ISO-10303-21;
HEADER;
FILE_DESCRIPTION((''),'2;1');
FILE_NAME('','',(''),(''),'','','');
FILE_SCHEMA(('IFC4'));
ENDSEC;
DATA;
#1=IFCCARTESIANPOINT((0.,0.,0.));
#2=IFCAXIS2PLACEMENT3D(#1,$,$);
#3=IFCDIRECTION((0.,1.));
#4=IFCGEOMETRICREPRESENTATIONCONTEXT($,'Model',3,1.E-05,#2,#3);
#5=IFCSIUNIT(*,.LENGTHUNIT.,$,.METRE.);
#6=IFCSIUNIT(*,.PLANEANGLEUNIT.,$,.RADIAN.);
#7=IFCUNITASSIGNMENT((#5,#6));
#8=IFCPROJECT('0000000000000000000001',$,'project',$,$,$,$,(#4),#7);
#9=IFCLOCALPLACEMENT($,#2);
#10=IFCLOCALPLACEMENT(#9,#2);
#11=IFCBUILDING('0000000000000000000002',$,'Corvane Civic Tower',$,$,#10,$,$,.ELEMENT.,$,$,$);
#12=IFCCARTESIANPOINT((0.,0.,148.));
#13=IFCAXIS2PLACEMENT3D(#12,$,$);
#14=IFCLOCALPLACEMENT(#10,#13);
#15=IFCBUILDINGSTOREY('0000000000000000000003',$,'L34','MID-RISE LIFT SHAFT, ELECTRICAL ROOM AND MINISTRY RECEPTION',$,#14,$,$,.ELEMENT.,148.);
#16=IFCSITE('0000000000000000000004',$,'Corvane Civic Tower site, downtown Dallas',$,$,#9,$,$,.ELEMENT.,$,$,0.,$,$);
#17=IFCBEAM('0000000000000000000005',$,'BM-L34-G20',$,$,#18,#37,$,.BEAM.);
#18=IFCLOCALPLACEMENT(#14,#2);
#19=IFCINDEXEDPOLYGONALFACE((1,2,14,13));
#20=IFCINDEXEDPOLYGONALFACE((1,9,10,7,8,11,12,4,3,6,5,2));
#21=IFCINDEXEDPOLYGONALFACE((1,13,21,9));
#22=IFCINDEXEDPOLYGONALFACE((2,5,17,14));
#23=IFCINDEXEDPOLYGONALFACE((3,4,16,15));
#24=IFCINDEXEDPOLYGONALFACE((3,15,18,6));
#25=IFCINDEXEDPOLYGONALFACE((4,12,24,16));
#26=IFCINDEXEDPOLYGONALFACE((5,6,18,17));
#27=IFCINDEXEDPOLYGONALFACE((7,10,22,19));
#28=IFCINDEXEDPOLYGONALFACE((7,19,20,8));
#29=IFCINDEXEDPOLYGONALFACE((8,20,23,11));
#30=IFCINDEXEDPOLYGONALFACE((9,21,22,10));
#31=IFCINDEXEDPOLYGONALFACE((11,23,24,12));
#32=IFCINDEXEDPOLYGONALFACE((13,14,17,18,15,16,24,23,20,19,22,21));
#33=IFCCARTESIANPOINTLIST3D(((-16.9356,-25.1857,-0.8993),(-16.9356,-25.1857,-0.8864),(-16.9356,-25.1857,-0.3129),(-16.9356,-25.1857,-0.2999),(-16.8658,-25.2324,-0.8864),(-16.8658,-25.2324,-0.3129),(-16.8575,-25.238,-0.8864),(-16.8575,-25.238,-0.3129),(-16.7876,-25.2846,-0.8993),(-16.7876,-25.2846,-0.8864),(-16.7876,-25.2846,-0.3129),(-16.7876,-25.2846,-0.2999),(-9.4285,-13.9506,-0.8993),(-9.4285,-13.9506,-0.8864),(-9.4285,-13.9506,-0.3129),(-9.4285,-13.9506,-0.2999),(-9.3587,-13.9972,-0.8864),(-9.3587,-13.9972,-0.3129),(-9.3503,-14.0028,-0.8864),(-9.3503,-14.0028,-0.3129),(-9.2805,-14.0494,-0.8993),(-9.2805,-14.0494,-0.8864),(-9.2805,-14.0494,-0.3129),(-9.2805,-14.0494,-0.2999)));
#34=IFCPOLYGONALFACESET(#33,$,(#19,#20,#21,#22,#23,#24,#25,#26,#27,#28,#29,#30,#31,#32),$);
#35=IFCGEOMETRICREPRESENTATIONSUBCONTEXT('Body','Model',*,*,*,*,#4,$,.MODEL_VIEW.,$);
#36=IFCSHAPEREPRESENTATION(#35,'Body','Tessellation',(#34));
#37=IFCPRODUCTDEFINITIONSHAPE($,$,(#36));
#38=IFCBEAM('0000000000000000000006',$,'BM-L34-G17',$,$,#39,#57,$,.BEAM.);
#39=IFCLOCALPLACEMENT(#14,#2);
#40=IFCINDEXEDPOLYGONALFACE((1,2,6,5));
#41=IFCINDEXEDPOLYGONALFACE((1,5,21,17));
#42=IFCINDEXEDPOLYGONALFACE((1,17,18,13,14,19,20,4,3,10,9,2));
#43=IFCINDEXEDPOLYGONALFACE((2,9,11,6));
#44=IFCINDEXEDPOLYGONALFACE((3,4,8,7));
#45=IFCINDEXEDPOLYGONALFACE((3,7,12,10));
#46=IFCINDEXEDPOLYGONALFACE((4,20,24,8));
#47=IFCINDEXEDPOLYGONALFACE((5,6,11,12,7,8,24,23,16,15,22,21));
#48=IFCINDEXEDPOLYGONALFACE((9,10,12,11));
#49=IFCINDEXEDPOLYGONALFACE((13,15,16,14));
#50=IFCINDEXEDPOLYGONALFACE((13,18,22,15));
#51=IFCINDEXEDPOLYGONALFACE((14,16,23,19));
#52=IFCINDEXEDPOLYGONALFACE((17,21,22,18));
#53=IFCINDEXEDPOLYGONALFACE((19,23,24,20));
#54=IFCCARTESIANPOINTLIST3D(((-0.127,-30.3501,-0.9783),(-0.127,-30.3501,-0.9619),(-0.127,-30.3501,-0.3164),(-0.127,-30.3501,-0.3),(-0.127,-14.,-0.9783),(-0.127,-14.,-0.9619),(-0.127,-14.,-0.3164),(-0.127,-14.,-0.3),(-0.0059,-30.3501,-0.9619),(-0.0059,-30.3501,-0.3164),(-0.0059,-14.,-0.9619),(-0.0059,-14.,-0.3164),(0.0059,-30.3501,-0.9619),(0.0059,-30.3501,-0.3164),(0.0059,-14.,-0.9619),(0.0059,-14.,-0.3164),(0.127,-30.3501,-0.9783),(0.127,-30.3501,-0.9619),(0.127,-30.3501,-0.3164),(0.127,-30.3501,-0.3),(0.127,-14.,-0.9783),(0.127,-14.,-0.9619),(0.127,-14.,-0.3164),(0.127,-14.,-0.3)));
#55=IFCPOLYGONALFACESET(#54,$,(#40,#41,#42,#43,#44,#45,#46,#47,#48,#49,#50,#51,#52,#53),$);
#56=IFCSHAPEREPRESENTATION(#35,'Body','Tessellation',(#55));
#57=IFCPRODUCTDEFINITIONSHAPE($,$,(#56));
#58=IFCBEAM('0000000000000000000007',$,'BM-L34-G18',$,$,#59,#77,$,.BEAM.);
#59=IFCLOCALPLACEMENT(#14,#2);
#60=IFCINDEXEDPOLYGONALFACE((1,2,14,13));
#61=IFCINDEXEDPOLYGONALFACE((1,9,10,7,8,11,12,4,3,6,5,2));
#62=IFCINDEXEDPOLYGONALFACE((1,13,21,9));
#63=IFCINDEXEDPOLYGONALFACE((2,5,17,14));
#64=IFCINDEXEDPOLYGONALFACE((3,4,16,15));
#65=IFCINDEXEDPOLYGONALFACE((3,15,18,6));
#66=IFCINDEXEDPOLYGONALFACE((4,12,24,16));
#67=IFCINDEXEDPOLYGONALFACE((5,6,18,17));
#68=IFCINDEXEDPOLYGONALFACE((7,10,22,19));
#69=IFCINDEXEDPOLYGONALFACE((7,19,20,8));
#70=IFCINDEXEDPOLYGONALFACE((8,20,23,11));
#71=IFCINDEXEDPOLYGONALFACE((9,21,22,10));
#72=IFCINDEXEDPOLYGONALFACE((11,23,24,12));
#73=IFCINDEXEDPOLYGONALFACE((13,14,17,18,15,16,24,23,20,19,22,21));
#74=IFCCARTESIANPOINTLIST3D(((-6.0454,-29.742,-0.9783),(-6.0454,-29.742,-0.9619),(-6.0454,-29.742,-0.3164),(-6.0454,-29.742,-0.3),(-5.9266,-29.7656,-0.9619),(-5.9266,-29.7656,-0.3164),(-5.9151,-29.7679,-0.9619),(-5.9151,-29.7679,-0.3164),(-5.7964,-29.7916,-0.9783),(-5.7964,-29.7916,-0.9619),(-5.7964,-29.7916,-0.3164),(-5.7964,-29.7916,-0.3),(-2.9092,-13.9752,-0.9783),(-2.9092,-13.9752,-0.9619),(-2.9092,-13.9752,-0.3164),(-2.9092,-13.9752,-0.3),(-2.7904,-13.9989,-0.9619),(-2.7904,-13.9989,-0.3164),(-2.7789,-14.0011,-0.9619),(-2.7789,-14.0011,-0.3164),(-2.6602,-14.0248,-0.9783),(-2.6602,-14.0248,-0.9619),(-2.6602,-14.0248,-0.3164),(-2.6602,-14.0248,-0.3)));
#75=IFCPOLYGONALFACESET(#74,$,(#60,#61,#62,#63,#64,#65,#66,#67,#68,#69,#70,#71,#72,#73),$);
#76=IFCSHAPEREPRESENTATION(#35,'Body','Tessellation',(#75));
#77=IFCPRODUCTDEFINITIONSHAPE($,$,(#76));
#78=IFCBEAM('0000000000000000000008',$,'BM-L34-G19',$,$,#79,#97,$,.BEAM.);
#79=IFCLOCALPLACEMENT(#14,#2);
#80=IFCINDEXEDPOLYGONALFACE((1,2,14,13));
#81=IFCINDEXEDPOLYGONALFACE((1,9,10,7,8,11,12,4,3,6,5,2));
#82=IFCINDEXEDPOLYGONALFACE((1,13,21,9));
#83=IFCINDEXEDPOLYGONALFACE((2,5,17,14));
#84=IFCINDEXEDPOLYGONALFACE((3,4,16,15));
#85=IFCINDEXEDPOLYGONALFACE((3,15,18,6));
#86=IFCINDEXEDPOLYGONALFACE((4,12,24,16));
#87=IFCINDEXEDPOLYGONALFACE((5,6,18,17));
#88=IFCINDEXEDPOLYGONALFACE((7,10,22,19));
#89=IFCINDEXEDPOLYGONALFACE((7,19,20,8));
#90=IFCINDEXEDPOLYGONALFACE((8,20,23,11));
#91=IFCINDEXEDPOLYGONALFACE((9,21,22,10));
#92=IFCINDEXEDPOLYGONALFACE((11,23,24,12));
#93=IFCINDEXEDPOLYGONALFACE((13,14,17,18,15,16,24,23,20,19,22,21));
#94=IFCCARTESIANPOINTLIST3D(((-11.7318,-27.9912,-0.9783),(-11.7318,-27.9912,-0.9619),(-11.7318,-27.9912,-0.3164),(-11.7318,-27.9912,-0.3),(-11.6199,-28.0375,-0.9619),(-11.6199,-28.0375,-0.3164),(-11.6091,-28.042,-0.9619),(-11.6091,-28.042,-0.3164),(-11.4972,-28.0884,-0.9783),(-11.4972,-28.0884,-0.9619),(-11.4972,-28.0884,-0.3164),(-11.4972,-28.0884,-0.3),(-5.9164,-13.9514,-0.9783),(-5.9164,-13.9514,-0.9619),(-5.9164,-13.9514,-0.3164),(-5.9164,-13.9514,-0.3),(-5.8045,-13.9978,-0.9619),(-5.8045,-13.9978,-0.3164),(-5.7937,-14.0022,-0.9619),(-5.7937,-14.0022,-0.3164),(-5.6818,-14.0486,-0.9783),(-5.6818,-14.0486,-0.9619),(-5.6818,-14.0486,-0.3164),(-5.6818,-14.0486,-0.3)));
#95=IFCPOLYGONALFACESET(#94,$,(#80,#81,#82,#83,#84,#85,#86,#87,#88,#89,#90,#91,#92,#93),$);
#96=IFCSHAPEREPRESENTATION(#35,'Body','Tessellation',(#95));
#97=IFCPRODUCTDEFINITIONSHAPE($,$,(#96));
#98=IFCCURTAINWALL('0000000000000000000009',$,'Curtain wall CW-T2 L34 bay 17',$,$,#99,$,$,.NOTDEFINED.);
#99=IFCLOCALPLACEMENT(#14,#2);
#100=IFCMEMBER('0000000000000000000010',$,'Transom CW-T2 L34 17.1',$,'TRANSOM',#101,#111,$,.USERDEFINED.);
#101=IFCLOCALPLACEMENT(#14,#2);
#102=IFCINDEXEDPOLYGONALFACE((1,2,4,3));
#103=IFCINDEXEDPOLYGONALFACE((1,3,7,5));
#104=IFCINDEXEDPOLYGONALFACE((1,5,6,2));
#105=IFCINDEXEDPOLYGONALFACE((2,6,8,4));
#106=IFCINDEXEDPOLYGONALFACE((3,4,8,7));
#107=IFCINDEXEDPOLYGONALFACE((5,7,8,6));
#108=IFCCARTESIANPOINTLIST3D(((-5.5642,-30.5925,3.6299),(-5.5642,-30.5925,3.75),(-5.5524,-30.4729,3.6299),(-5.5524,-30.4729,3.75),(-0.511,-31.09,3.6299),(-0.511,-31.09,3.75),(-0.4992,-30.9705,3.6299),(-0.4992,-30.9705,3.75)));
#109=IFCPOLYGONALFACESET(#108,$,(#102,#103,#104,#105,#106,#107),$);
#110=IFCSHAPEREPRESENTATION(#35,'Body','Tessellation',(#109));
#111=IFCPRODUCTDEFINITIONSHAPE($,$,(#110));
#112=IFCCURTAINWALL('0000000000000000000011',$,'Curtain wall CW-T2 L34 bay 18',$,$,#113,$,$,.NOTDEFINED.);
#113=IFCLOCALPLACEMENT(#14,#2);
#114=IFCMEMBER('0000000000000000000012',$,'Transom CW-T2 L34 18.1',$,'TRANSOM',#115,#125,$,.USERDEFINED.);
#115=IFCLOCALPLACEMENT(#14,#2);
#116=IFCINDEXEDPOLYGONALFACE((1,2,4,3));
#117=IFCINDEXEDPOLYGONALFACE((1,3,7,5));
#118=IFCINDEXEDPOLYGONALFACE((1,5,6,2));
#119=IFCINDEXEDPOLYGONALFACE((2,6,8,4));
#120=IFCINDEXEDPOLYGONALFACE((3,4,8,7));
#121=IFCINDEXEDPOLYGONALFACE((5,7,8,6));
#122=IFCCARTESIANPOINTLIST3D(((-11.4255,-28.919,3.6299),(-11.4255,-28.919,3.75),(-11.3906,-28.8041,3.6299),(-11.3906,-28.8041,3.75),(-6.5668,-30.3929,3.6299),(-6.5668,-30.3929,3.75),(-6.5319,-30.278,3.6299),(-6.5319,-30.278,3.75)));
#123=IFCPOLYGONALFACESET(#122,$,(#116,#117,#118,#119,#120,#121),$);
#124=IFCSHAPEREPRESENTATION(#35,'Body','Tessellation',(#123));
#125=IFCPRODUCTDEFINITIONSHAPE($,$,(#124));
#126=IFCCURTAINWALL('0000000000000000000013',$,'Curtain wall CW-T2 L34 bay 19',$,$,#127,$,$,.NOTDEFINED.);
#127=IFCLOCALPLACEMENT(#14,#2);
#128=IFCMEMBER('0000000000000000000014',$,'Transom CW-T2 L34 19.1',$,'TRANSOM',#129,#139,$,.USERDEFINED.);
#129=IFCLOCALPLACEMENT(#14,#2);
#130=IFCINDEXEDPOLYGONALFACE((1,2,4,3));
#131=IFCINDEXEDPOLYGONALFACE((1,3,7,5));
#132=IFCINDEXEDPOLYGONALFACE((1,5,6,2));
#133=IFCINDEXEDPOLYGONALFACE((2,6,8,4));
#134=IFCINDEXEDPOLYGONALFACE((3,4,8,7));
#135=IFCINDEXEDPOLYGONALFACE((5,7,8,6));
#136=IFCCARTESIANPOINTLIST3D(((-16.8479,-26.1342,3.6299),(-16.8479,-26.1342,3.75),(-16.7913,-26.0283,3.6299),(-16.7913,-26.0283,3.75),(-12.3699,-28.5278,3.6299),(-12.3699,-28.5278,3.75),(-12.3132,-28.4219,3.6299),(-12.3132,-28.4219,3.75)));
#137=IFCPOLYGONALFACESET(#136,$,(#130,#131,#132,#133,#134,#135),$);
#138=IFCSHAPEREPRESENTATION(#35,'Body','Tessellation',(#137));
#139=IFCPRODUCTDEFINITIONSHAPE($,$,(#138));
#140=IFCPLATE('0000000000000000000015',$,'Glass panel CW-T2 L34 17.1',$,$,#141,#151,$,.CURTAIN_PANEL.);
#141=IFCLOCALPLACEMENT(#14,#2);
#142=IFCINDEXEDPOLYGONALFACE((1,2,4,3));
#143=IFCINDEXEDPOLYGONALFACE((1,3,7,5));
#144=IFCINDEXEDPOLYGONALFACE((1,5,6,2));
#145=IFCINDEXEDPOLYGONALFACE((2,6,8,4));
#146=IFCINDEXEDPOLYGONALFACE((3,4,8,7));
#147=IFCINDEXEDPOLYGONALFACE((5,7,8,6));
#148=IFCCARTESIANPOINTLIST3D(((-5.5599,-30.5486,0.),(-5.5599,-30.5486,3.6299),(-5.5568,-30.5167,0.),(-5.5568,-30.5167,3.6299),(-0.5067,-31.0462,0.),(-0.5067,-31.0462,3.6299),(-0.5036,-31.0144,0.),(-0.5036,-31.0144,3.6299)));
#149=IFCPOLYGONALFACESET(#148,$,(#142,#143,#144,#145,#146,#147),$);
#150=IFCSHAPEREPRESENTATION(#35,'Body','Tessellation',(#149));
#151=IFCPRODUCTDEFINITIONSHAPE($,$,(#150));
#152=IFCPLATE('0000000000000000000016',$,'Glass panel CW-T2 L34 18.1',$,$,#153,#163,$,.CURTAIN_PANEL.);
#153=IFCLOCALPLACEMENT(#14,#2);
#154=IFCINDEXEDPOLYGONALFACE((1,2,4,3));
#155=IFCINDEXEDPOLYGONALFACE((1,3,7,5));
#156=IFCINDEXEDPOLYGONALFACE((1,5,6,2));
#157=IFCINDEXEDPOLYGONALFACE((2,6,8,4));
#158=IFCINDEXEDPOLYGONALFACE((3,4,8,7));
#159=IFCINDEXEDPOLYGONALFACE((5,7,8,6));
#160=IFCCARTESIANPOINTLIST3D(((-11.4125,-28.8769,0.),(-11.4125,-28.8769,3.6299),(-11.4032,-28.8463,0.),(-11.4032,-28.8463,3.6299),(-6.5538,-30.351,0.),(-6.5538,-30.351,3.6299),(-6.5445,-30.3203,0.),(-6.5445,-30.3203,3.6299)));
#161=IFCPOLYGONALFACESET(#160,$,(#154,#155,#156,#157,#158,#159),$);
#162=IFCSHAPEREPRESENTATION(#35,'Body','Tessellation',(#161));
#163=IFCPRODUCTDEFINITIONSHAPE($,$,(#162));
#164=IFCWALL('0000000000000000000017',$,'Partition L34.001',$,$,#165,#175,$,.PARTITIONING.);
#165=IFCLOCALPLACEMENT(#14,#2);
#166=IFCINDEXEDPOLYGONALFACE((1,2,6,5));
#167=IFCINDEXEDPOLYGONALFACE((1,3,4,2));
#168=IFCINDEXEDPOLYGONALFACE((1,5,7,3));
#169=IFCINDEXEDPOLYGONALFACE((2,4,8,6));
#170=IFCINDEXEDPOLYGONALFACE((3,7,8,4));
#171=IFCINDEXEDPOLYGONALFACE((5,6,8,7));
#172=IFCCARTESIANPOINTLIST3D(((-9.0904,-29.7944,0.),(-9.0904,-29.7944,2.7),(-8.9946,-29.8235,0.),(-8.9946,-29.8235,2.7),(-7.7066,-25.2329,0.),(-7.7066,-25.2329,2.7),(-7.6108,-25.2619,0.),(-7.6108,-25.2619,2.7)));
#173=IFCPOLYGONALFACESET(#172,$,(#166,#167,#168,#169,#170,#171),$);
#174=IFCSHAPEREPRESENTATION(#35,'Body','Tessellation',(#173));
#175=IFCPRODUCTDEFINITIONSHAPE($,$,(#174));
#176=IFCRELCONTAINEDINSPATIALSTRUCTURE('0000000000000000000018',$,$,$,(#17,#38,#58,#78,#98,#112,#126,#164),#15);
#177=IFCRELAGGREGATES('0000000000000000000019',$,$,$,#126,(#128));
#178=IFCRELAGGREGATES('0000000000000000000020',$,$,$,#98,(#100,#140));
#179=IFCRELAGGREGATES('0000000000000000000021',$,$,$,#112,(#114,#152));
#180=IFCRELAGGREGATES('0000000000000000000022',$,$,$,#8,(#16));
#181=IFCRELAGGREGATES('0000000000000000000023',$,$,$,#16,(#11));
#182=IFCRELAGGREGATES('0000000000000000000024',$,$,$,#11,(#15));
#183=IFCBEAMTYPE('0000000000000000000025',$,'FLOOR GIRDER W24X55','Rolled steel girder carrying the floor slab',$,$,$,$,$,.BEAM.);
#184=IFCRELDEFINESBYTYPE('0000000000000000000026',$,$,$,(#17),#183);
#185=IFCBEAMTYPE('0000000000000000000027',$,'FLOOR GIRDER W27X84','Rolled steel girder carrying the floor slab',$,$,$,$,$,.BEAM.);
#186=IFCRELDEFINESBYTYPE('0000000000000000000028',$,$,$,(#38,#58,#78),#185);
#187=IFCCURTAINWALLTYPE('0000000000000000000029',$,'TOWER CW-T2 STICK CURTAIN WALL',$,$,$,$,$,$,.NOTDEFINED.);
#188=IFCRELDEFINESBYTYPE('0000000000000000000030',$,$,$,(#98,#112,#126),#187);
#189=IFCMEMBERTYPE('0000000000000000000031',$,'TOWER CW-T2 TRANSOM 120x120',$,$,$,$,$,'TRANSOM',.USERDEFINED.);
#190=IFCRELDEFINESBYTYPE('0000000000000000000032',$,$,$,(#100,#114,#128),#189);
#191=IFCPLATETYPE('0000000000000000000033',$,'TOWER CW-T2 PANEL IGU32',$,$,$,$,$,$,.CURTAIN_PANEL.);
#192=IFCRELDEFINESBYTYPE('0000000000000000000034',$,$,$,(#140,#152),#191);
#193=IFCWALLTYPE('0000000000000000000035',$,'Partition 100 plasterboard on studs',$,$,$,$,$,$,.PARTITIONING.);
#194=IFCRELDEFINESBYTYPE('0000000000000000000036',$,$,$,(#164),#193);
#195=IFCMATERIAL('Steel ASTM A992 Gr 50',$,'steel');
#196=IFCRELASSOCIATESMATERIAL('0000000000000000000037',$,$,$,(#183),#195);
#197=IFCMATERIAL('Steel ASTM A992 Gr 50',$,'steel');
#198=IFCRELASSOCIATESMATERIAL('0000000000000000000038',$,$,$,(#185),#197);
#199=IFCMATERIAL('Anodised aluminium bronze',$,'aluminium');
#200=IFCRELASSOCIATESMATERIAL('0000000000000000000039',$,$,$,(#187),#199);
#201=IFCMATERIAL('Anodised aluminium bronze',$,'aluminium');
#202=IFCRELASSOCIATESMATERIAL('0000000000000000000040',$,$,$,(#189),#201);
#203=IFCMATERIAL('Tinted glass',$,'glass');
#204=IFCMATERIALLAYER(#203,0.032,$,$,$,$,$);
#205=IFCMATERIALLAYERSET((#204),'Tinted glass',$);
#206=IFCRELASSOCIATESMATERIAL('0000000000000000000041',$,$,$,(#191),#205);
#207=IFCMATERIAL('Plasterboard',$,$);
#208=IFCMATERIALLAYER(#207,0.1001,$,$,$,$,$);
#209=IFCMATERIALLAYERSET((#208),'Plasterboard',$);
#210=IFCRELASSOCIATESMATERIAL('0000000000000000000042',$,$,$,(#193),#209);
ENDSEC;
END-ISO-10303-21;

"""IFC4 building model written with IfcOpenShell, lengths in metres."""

from ifc_helpers import new_model, si_unit, direction, frame, frame_2d, origin, origin_2d, place, context, subcontext, project, spatial, rectangle, i_section, extrude, material, layer, layer_set, material_profile, profile_set, type_object, element, aggregate, save


model = new_model("IFC4")

# Units and contexts
model_context = context("Model", 3, precision=1e-05, world=origin(), true_north=direction((0.0, 1.0)))
body_context = subcontext(model_context, "Body", "Model", "MODEL_VIEW")
ifc_project = project(units=[si_unit("LENGTHUNIT", "METRE"), si_unit("PLANEANGLEUNIT", "RADIAN")], contexts=[model_context])

# Site, building, storey
site_placement = place(None, origin())
site = spatial("IfcSite", under=ifc_project, at=site_placement, Name="Corvane Civic Tower site, downtown Dallas", CompositionType="ELEMENT", RefElevation=0.0)
building_placement = place(site_placement, origin())
building = spatial("IfcBuilding", under=site, at=building_placement, Name="Corvane Civic Tower", CompositionType="ELEMENT")
storey_placement = place(building_placement, frame((0.0, 0.0, 148.0)))
storey = spatial("IfcBuildingStorey", under=building, at=storey_placement, Name="L34", Description="MID-RISE LIFT SHAFT, ELECTRICAL ROOM AND MINISTRY RECEPTION", CompositionType="ELEMENT", Elevation=148.0)

# Beams
ifc_material_1 = material(Name="Steel ASTM A992 Gr 50", Category="steel")
ifc_material_profile_1 = material_profile(ifc_material_1, i_section(OverallWidth=0.178, OverallDepth=0.5994, WebThickness=0.01, FlangeThickness=0.0129, at=origin_2d()), Name="W24X55")
ifc_profile_set_1 = profile_set([ifc_material_profile_1], Name="Steel ASTM A992 Gr 50")
beam_type_1 = type_object("IfcBeamType", Name="FLOOR GIRDER W24X55", Description="Rolled steel girder carrying the floor slab", PredefinedType="BEAM", material=ifc_profile_set_1)
beam_1_placement = place(storey_placement, frame((-9.3545, -14.0, -0.5996), z_axis=(-0.555571, -0.831469, 0.0), x_axis=(0.831469, -0.555571, 0.0)))
element("IfcBeam", 1, at=beam_1_placement, inside=storey, type_object=beam_type_1, Name="BM-L34-G20", PredefinedType="BEAM", context=body_context, shape_type="SweptSolid", body=[
    extrude(i_section(OverallWidth=0.178, OverallDepth=0.5994, WebThickness=0.01, FlangeThickness=0.0129, at=origin_2d()), origin(), (0.0, 0.0, 1.0), 13.5125),
])
ifc_material_2 = material(Name="Steel ASTM A992 Gr 50", Category="steel")
ifc_material_profile_2 = material_profile(ifc_material_2, i_section(OverallWidth=0.2539, OverallDepth=0.6782, WebThickness=0.0117, FlangeThickness=0.0164, at=origin_2d()), Name="W27X84")
ifc_profile_set_2 = profile_set([ifc_material_profile_2], Name="Steel ASTM A992 Gr 50")
beam_type_2 = type_object("IfcBeamType", Name="FLOOR GIRDER W27X84", Description="Rolled steel girder carrying the floor slab", PredefinedType="BEAM", material=ifc_profile_set_2)
beam_2_placement = place(storey_placement, frame((0.0, -14.0, -0.6392), z_axis=(0.0, -1.0, 0.0), x_axis=(1.0, 0.0, 0.0)))
element("IfcBeam", 2, at=beam_2_placement, inside=storey, type_object=beam_type_2, Name="BM-L34-G17", PredefinedType="BEAM", context=body_context, shape_type="SweptSolid", body=[
    extrude(i_section(OverallWidth=0.2539, OverallDepth=0.6782, WebThickness=0.0117, FlangeThickness=0.0164, at=origin_2d()), origin(), (0.0, 0.0, 1.0), 16.3501),
])
beam_3_placement = place(storey_placement, frame((-2.7847, -14.0, -0.6392), z_axis=(-0.195091, -0.980785, 0.0), x_axis=(0.980785, -0.195091, 0.0)))
element("IfcBeam", 3, at=beam_3_placement, inside=storey, type_object=beam_type_2, Name="BM-L34-G18", PredefinedType="BEAM", context=body_context, shape_type="SweptSolid", body=[
    extrude(i_section(OverallWidth=0.2539, OverallDepth=0.6782, WebThickness=0.0117, FlangeThickness=0.0164, at=origin_2d()), origin(), (0.0, 0.0, 1.0), 16.0757),
])
beam_4_placement = place(storey_placement, frame((-5.7991, -14.0, -0.6392), z_axis=(-0.382681, -0.923881, 0.0), x_axis=(0.923881, -0.382681, 0.0)))
element("IfcBeam", 4, at=beam_4_placement, inside=storey, type_object=beam_type_2, Name="BM-L34-G19", PredefinedType="BEAM", context=body_context, shape_type="SweptSolid", body=[
    extrude(i_section(OverallWidth=0.2539, OverallDepth=0.6782, WebThickness=0.0117, FlangeThickness=0.0164, at=origin_2d()), origin(), (0.0, 0.0, 1.0), 15.1965),
])

# Curtain walls, members
ifc_material_3 = material(Name="Anodised aluminium bronze", Category="aluminium")
curtain_wall_type = type_object("IfcCurtainWallType", Name="TOWER CW-T2 STICK CURTAIN WALL", PredefinedType="NOTDEFINED", material=ifc_material_3)
curtain_wall_1_placement = place(storey_placement, origin())
curtain_wall_1 = element("IfcCurtainWall", 5, at=curtain_wall_1_placement, inside=storey, type_object=curtain_wall_type, Name="Curtain wall CW-T2 L34 bay 17", PredefinedType="NOTDEFINED")
ifc_material_4 = material(Name="Anodised aluminium bronze", Category="aluminium")
ifc_material_profile_3 = material_profile(ifc_material_4, rectangle(XDim=0.1201, YDim=0.1201, at=origin_2d()), Name="TOWER CW-T2 TRANSOM 120x120")
ifc_profile_set_3 = profile_set([ifc_material_profile_3], Name="Anodised aluminium bronze")
member_type = type_object("IfcMemberType", Name="TOWER CW-T2 TRANSOM 120x120", ElementType="TRANSOM", PredefinedType="USERDEFINED", material=ifc_profile_set_3)
member_1_placement = place(storey_placement, frame((-0.5051, -31.0303, 3.6899), z_axis=(-0.995187, 0.09799, 0.0), x_axis=(-0.09799, -0.995187, 0.0)))
member_1 = element("IfcMember", 6, at=member_1_placement, type_object=member_type, Name="Transom CW-T2 L34 17.1", ObjectType="TRANSOM", PredefinedType="USERDEFINED", context=body_context, shape_type="SweptSolid", body=[
    extrude(rectangle(XDim=0.1201, YDim=0.1201, at=origin_2d()), origin(), (0.0, 0.0, 1.0), 5.0776),
])
curtain_wall_2_placement = place(storey_placement, origin())
curtain_wall_2 = element("IfcCurtainWall", 7, at=curtain_wall_2_placement, inside=storey, type_object=curtain_wall_type, Name="Curtain wall CW-T2 L34 bay 18", PredefinedType="NOTDEFINED")
member_2_placement = place(storey_placement, frame((-6.5493, -30.3354, 3.6899), z_axis=(-0.956939, 0.290289, 0.0), x_axis=(-0.290289, -0.956939, 0.0)))
member_2 = element("IfcMember", 8, at=member_2_placement, type_object=member_type, Name="Transom CW-T2 L34 18.1", ObjectType="TRANSOM", PredefinedType="USERDEFINED", context=body_context, shape_type="SweptSolid", body=[
    extrude(rectangle(XDim=0.1201, YDim=0.1201, at=origin_2d()), origin(), (0.0, 0.0, 1.0), 5.0774),
])
curtain_wall_3_placement = place(storey_placement, origin())
curtain_wall_3 = element("IfcCurtainWall", 9, at=curtain_wall_3_placement, inside=storey, type_object=curtain_wall_type, Name="Curtain wall CW-T2 L34 bay 19", PredefinedType="NOTDEFINED")
member_3_placement = place(storey_placement, frame((-12.3416, -28.4749, 3.6899), z_axis=(-0.881921, 0.471397, 0.0), x_axis=(-0.471397, -0.881921, 0.0)))
member_3 = element("IfcMember", 10, at=member_3_placement, type_object=member_type, Name="Transom CW-T2 L34 19.1", ObjectType="TRANSOM", PredefinedType="USERDEFINED", context=body_context, shape_type="SweptSolid", body=[
    extrude(rectangle(XDim=0.1201, YDim=0.1201, at=origin_2d()), origin(), (0.0, 0.0, 1.0), 5.0776),
])
aggregate(curtain_wall_3, [member_3])

# Plates
ifc_material_5 = material(Name="Tinted glass", Category="glass")
ifc_layer_1 = layer(ifc_material_5, 0.032)
ifc_layer_set_1 = layer_set([ifc_layer_1], Name="Tinted glass")
plate_type = type_object("IfcPlateType", Name="TOWER CW-T2 PANEL IGU32", PredefinedType="CURTAIN_PANEL", material=ifc_layer_set_1)
plate_1_placement = place(storey_placement, frame((-3.0317, -30.7815, 0.0), z_axis=(0.0, 0.0, 1.0), x_axis=(-0.995185, 0.098012, 0.0)))
plate_1 = element("IfcPlate", 11, at=plate_1_placement, type_object=plate_type, Name="Glass panel CW-T2 L34 17.1", PredefinedType="CURTAIN_PANEL", context=body_context, shape_type="SweptSolid", body=[
    extrude(rectangle(XDim=5.0776, YDim=0.032, at=origin_2d()), origin(), (0.0, 0.0, 1.0), 3.6299),
])
aggregate(curtain_wall_1, [member_1, plate_1])
plate_2_placement = place(storey_placement, frame((-8.9785, -29.5986, 0.0), z_axis=(0.0, 0.0, 1.0), x_axis=(-0.956932, 0.290313, 0.0)))
plate_2 = element("IfcPlate", 12, at=plate_2_placement, type_object=plate_type, Name="Glass panel CW-T2 L34 18.1", PredefinedType="CURTAIN_PANEL", context=body_context, shape_type="SweptSolid", body=[
    extrude(rectangle(XDim=5.0774, YDim=0.032, at=origin_2d()), origin(), (0.0, 0.0, 1.0), 3.6299),
])
aggregate(curtain_wall_2, [member_2, plate_2])

# Wall
ifc_material_6 = material(Name="Plasterboard")
ifc_layer_2 = layer(ifc_material_6, 0.1001)
ifc_layer_set_2 = layer_set([ifc_layer_2], Name="Plasterboard")
wall_type = type_object("IfcWallType", Name="Partition 100 plasterboard on studs", PredefinedType="PARTITIONING", material=ifc_layer_set_2)
wall_1_placement = place(storey_placement, frame((-9.0425, -29.8088, 0.0), z_axis=(0.0, 0.0, 1.0), x_axis=(0.290297, 0.956936, 0.0)))
element("IfcWall", 13, at=wall_1_placement, inside=storey, type_object=wall_type, Name="Partition L34.001", PredefinedType="PARTITIONING", context=body_context, shape_type="SweptSolid", body=[
    extrude(rectangle(XDim=4.7668, YDim=0.1001, at=frame_2d((2.3833, 0.0))), origin(), (0.0, 0.0, 1.0), 2.7),
])

save(model, "model.ifc")
